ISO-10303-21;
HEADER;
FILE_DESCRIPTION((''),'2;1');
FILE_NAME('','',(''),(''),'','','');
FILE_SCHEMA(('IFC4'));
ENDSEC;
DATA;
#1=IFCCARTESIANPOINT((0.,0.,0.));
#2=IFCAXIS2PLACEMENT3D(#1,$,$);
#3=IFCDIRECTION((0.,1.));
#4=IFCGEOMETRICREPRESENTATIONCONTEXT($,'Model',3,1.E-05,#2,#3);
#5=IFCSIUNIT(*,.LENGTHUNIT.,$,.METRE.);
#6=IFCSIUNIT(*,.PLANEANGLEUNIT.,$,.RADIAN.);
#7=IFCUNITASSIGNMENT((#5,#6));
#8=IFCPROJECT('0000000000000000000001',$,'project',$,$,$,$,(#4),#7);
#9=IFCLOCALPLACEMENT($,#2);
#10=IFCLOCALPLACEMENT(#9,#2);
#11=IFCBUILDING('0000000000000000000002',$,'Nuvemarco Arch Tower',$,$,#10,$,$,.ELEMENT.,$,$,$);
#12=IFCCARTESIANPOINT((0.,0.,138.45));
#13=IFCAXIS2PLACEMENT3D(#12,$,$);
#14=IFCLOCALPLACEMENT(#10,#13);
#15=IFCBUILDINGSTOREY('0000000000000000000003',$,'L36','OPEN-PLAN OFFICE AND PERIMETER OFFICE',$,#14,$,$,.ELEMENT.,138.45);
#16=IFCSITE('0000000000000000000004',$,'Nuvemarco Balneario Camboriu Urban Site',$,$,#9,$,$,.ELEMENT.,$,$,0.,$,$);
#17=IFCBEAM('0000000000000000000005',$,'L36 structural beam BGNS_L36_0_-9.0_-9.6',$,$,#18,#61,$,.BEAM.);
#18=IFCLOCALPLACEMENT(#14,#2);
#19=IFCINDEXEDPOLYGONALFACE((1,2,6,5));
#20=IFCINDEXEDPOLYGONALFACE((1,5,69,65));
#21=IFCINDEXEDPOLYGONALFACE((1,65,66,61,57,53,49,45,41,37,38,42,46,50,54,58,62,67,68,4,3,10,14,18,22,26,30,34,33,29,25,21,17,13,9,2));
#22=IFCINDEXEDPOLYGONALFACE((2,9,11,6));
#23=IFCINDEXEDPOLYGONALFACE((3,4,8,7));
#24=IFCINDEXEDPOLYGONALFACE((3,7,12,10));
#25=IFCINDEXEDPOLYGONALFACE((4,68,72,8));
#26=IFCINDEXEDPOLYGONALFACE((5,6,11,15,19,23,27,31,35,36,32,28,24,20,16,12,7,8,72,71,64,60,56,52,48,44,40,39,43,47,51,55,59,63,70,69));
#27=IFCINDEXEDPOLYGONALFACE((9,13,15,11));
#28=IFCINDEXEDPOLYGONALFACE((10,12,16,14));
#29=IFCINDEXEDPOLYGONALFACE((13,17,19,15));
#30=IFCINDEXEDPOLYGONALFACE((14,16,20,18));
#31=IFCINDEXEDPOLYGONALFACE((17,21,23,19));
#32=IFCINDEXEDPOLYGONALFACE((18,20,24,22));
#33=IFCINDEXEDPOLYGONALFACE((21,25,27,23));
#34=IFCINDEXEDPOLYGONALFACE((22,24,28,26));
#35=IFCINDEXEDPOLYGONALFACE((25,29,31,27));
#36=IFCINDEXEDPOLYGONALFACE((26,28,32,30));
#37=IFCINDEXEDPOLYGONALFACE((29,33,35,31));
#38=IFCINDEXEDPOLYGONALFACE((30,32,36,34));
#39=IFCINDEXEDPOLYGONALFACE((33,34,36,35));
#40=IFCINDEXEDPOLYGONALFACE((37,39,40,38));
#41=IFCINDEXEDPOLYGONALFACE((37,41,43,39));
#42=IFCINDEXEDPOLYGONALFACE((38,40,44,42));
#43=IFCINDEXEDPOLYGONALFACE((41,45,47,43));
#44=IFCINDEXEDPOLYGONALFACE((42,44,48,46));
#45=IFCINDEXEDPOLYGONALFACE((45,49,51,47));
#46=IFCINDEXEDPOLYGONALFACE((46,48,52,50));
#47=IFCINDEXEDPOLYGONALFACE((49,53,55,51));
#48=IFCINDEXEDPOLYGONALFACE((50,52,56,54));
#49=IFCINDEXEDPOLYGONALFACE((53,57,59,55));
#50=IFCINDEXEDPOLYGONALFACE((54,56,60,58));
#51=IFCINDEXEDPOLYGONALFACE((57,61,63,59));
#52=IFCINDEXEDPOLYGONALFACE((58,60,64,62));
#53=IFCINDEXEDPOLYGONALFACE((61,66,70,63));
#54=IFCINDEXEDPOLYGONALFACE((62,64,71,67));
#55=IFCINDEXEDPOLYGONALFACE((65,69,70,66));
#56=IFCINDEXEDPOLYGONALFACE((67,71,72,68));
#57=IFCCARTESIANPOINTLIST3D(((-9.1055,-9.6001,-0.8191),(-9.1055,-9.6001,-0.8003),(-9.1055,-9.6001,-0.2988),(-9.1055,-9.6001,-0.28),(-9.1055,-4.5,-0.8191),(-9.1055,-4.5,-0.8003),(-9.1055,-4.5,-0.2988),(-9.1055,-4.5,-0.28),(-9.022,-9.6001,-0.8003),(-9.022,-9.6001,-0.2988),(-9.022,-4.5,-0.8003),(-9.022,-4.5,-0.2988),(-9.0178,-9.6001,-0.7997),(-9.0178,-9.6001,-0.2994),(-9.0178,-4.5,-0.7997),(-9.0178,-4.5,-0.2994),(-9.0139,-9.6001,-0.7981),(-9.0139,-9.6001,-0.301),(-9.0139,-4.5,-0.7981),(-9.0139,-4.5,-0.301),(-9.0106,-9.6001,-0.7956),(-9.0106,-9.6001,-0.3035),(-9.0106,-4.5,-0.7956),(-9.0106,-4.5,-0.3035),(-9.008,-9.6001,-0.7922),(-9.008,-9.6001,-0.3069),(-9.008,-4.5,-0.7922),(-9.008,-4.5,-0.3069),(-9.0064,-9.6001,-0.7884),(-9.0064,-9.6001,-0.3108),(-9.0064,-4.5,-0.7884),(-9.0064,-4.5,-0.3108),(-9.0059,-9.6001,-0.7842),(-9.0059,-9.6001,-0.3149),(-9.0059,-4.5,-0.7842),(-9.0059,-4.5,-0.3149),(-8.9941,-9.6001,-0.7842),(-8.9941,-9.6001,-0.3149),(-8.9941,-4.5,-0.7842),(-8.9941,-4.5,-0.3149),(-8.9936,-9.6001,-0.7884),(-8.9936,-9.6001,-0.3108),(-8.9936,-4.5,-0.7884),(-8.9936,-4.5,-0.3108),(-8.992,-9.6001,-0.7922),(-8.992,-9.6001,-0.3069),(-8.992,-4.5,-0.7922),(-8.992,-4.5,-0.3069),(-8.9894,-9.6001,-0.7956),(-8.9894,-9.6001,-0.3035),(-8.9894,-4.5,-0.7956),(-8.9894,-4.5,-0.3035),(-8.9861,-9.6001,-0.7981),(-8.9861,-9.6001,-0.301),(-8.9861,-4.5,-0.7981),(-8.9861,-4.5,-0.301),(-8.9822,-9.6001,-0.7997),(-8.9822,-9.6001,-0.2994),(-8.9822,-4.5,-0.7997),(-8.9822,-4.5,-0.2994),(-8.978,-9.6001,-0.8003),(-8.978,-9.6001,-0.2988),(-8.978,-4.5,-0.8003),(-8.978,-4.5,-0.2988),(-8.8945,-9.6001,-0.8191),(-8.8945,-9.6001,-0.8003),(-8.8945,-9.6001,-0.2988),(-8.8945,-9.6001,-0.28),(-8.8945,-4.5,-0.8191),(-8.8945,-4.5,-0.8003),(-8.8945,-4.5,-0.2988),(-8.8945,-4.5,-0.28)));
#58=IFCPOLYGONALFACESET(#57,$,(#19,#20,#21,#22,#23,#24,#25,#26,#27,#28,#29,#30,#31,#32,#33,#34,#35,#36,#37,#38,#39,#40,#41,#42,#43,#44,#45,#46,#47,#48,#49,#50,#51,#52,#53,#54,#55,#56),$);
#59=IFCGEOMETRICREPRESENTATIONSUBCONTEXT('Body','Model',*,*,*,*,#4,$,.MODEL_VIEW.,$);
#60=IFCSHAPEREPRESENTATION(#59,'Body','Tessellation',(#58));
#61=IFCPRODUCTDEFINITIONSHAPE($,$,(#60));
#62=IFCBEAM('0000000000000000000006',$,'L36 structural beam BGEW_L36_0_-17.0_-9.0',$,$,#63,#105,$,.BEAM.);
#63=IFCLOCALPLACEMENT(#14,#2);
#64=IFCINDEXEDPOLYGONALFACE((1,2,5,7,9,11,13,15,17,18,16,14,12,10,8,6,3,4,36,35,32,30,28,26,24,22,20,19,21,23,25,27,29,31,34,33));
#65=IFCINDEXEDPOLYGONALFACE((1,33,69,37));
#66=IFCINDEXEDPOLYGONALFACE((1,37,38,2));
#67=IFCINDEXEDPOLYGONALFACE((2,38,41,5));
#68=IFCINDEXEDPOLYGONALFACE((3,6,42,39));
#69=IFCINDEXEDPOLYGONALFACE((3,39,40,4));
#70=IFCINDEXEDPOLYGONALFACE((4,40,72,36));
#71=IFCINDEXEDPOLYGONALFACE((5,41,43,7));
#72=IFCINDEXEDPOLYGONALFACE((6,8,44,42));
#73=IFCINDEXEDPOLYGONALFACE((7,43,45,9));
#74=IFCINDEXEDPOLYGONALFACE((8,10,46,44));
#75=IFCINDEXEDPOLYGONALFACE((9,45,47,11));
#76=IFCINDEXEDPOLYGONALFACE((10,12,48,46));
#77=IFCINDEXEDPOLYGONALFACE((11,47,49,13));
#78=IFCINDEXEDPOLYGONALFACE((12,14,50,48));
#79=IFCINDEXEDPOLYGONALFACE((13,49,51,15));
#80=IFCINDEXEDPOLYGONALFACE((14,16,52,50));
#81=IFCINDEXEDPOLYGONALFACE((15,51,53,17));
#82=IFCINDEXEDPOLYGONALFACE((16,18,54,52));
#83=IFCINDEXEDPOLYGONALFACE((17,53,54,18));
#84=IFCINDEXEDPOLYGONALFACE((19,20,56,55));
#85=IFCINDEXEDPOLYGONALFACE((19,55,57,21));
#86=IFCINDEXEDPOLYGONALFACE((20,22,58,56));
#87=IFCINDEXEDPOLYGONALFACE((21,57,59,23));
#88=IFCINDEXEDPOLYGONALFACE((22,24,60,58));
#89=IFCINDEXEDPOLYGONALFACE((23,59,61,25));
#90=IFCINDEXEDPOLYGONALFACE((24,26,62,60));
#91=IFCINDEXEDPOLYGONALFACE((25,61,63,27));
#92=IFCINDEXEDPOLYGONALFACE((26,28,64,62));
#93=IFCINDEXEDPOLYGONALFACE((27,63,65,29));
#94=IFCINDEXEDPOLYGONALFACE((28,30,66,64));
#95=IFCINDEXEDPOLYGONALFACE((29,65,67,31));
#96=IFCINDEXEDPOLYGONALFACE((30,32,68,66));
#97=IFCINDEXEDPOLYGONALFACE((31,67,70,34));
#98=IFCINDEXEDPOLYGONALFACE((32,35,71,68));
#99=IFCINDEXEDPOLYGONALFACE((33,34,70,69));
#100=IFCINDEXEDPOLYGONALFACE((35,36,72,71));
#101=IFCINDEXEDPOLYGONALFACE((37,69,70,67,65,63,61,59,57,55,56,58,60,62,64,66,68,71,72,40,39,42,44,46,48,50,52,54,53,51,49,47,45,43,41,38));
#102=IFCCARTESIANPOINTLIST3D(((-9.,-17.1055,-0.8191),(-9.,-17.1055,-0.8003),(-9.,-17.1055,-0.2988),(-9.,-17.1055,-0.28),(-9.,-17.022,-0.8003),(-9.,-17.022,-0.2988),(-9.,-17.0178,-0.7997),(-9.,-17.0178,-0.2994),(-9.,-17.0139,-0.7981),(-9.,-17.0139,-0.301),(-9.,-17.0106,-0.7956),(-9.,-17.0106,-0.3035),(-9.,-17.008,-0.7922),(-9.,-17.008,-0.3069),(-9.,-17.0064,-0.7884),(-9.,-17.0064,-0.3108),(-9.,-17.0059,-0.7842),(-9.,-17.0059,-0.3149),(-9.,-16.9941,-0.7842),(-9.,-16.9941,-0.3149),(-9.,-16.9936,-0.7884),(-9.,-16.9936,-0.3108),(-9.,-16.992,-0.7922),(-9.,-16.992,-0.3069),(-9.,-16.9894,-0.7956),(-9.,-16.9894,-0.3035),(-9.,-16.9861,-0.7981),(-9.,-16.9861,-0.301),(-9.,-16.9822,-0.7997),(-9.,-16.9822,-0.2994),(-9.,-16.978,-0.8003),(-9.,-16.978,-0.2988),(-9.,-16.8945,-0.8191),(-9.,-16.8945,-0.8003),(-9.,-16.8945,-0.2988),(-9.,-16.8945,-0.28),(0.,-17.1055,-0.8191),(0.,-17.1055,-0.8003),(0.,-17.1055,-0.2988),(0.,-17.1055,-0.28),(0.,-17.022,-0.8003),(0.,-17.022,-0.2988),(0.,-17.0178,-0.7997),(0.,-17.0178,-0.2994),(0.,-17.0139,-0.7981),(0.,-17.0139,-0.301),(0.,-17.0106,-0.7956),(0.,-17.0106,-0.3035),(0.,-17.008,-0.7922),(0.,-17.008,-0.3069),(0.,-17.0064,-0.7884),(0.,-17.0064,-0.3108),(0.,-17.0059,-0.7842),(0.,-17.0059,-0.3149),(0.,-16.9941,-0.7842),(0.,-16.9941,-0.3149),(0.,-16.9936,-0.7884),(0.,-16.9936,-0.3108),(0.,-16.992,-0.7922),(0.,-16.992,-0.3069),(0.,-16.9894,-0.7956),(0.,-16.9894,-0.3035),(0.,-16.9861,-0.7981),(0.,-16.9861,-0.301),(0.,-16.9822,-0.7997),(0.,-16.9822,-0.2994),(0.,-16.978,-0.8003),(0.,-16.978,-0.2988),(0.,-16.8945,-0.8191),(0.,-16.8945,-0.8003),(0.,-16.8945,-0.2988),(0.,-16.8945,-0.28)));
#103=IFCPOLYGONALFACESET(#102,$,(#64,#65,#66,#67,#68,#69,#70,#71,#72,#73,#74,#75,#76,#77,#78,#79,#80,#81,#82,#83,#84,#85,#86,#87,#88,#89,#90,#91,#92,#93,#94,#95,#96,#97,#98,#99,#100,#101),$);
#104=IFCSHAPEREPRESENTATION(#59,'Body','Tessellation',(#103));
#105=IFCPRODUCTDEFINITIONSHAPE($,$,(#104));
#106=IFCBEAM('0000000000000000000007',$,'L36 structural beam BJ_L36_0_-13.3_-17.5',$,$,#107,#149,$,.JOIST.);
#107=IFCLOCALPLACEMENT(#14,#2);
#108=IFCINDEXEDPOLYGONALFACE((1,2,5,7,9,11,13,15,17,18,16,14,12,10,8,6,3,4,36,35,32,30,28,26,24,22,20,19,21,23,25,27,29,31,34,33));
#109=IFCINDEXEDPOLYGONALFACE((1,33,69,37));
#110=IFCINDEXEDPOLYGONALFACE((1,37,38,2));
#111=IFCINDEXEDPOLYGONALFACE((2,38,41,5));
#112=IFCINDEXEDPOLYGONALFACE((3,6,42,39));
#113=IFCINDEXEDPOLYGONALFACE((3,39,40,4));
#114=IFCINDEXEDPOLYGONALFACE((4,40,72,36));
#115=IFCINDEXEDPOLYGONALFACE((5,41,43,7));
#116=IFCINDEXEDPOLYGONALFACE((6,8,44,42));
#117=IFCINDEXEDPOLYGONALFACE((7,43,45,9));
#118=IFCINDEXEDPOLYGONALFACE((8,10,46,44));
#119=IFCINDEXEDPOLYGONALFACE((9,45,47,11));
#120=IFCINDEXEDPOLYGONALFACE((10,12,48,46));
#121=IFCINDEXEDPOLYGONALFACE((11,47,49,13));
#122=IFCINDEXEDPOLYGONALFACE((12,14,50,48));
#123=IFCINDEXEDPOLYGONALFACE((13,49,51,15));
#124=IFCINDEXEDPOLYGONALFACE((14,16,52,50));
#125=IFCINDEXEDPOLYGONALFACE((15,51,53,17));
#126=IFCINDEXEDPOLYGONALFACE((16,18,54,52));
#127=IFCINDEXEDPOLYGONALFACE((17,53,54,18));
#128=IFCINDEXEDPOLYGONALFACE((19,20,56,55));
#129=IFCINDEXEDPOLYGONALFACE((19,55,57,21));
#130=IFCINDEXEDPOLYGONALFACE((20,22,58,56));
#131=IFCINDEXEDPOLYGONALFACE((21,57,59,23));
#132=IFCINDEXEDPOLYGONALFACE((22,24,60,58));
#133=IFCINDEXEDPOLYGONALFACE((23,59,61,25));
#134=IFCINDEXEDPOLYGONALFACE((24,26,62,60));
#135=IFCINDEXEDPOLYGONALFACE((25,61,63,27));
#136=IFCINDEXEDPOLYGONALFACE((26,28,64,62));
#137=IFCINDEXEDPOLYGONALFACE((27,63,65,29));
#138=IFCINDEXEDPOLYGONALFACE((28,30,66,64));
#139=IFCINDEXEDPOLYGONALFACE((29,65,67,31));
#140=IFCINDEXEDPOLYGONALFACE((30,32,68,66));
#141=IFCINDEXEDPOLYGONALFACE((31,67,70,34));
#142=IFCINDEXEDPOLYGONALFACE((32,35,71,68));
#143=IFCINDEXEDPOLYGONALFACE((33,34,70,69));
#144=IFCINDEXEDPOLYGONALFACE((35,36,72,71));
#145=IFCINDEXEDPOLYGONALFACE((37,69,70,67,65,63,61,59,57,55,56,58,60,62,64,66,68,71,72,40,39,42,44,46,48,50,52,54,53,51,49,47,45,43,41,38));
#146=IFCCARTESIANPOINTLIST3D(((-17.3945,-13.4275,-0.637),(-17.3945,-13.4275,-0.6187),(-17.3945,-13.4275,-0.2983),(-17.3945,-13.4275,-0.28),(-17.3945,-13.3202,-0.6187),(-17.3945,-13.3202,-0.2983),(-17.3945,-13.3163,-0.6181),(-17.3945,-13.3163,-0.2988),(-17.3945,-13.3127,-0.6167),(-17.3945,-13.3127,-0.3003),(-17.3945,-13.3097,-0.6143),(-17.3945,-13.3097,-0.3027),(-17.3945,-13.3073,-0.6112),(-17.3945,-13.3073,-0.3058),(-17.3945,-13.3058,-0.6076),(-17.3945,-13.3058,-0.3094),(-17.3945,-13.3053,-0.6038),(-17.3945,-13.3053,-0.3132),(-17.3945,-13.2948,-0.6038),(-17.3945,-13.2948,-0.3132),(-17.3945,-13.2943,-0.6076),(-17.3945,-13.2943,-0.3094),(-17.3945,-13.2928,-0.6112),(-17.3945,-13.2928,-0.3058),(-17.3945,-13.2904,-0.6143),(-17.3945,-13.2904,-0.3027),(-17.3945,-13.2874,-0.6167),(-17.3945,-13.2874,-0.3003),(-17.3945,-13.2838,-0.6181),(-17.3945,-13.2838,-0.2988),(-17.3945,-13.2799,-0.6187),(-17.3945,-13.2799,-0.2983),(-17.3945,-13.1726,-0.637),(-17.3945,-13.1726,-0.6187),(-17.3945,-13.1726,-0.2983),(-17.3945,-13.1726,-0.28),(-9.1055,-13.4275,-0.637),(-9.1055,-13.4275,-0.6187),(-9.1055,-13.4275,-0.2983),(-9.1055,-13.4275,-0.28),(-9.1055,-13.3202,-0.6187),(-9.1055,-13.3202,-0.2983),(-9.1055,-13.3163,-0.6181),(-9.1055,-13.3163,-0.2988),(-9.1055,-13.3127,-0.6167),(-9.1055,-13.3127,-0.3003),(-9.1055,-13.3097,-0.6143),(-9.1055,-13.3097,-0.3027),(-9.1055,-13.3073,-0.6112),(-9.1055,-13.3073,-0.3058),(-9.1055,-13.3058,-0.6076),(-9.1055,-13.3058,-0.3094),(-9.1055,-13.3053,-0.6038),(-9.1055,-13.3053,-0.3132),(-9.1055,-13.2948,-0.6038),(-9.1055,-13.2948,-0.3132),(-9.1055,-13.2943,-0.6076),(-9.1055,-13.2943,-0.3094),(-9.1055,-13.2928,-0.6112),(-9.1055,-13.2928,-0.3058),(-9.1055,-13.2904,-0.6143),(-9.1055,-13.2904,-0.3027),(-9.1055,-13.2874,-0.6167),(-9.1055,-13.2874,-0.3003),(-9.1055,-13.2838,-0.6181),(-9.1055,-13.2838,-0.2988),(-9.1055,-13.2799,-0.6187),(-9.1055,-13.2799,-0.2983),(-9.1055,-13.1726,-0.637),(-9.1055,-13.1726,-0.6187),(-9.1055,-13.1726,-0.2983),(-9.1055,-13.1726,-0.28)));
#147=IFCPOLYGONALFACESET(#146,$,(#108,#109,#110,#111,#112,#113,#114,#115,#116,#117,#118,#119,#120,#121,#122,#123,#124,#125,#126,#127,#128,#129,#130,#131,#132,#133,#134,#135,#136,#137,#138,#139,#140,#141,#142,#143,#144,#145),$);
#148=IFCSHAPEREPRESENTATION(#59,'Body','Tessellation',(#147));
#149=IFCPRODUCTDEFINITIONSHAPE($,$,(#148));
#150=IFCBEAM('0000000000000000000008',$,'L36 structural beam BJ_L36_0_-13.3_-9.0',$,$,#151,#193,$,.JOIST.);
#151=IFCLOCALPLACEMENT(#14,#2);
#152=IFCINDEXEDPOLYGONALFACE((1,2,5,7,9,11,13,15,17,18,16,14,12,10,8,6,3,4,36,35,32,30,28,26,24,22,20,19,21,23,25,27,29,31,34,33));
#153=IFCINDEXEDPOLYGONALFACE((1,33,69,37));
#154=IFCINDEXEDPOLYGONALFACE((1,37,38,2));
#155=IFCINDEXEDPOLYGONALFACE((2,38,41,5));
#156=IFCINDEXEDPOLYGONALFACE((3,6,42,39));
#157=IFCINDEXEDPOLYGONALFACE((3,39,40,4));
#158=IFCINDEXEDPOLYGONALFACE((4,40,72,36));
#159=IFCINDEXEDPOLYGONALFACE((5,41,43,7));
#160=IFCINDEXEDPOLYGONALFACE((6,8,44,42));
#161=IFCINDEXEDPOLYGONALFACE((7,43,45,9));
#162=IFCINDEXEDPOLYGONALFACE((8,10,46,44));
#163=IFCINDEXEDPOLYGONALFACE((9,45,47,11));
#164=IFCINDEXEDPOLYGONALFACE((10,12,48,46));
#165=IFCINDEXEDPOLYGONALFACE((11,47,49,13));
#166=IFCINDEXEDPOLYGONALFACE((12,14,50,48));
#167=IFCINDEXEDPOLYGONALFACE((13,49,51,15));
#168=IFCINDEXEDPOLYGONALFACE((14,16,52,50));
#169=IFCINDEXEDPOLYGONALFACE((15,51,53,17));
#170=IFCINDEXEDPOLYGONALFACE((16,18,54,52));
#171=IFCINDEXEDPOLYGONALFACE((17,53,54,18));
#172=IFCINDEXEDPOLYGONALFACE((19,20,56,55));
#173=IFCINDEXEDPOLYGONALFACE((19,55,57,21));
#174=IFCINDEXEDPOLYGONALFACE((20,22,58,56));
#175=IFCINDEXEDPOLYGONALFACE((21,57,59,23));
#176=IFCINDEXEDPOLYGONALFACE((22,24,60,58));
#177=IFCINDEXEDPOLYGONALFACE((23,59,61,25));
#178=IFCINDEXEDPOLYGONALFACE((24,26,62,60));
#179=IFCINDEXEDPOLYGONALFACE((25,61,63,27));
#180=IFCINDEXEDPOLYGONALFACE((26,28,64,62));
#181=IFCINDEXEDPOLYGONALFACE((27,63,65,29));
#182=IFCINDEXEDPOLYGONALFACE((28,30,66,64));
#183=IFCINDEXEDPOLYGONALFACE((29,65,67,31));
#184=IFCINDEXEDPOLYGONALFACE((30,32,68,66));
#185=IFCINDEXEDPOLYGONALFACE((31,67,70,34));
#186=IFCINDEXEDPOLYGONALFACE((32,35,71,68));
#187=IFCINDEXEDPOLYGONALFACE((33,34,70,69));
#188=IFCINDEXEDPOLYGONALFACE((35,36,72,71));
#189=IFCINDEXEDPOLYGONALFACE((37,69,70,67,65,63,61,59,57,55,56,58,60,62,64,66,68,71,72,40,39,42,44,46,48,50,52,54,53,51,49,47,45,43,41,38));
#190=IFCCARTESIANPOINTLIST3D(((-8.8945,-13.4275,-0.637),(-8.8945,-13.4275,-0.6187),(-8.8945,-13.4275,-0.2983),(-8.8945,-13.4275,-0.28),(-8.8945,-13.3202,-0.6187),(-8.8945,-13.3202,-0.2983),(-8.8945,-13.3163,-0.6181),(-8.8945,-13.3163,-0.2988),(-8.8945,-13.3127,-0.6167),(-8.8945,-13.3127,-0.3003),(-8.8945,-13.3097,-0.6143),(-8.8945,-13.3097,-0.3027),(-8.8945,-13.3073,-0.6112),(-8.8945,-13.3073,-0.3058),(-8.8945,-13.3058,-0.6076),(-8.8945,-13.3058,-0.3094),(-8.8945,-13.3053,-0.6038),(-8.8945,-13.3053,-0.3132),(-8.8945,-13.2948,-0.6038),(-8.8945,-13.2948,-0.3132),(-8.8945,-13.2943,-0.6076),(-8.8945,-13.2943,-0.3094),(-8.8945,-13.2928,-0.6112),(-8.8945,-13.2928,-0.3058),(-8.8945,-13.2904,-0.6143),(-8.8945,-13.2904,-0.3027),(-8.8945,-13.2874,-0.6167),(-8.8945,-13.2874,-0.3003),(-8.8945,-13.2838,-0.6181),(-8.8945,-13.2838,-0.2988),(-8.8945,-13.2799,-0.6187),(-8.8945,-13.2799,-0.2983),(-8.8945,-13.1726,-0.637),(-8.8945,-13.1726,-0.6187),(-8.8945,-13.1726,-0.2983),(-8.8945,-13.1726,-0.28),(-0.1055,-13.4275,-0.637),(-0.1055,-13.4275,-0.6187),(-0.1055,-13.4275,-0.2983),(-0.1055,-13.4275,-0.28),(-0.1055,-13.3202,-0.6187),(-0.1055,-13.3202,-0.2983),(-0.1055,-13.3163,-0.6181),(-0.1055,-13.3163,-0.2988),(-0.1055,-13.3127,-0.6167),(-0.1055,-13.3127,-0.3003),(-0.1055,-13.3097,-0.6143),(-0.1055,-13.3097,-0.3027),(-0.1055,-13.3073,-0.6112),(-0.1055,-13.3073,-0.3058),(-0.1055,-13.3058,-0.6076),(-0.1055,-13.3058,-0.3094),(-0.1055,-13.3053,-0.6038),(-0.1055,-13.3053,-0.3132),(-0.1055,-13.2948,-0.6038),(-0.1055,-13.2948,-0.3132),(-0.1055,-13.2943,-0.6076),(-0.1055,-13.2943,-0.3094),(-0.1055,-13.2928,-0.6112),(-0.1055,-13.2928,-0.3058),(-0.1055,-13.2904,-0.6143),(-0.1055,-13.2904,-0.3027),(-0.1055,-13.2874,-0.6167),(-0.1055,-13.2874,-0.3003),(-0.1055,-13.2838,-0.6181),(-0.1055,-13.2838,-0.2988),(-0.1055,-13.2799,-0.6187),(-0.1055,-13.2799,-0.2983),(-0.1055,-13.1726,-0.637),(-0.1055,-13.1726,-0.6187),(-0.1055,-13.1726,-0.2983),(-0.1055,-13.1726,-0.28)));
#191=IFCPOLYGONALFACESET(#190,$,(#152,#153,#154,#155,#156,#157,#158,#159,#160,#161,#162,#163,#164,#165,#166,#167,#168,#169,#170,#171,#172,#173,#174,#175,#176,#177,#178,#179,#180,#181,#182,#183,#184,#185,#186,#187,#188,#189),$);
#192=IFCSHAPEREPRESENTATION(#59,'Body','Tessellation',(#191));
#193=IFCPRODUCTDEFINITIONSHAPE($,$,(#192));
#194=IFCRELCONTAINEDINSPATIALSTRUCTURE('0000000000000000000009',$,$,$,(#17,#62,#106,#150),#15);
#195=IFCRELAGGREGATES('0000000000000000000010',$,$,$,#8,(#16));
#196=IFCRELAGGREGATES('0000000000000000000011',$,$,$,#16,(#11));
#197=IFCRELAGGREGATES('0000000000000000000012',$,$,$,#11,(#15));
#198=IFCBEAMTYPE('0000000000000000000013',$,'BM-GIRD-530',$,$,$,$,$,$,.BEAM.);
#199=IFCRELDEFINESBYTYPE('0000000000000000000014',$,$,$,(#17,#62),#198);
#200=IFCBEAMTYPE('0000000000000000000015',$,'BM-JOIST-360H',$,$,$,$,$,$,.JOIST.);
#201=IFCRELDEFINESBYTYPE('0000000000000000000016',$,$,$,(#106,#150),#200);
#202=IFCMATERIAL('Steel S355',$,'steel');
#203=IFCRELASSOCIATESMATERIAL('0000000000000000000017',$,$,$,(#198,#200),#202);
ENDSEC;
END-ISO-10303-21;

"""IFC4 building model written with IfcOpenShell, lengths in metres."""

from ifc_helpers import new_model, si_unit, direction, frame, origin, origin_2d, place, context, subcontext, project, spatial, i_section, extrude, material, material_profile, profile_set, type_object, element, save


model = new_model("IFC4")

# Units and contexts
model_context = context("Model", 3, precision=1e-05, world=origin(), true_north=direction((0.0, 1.0)))
body_context = subcontext(model_context, "Body", "Model", "MODEL_VIEW")
ifc_project = project(units=[si_unit("LENGTHUNIT", "METRE"), si_unit("PLANEANGLEUNIT", "RADIAN")], contexts=[model_context])

# Site, building, storey
site_placement = place(None, origin())
site = spatial("IfcSite", under=ifc_project, at=site_placement, Name="Nuvemarco Balneario Camboriu Urban Site", CompositionType="ELEMENT", RefElevation=0.0)
building_placement = place(site_placement, origin())
building = spatial("IfcBuilding", under=site, at=building_placement, Name="Nuvemarco Arch Tower", CompositionType="ELEMENT")
storey_placement = place(building_placement, frame((0.0, 0.0, 138.45)))
storey = spatial("IfcBuildingStorey", under=building, at=storey_placement, Name="L36", Description="OPEN-PLAN OFFICE AND PERIMETER OFFICE", CompositionType="ELEMENT", Elevation=138.45)

# Shared definitions
ifc_material_1 = material(Name="Steel S355", Category="steel")

# Beams
ifc_material_profile_1 = material_profile(ifc_material_1, i_section(OverallWidth=0.2109, OverallDepth=0.5391, WebThickness=0.0117, FlangeThickness=0.0188, FilletRadius=0.0161, at=origin_2d()), Name="W530x109")
ifc_profile_set_1 = profile_set([ifc_material_profile_1], Name="Steel S355")
beam_type_1 = type_object("IfcBeamType", Name="BM-GIRD-530", PredefinedType="BEAM", material=ifc_profile_set_1)
beam_1_placement = place(storey_placement, frame((-9.0, -9.6001, -0.5496), z_axis=(0.0, 1.0, 0.0), x_axis=(-1.0, 0.0, 0.0)))
element("IfcBeam", 1, at=beam_1_placement, inside=storey, type_object=beam_type_1, Name="L36 structural beam BGNS_L36_0_-9.0_-9.6", PredefinedType="BEAM", context=body_context, shape_type="SweptSolid", body=[
    extrude(i_section(OverallWidth=0.2109, OverallDepth=0.5391, WebThickness=0.0117, FlangeThickness=0.0188, FilletRadius=0.0161, at=origin_2d()), origin(), (0.0, 0.0, 1.0), 5.1001),
])
beam_2_placement = place(storey_placement, frame((-9.0, -17.0, -0.5496), z_axis=(1.0, 0.0, 0.0), x_axis=(0.0, 1.0, 0.0)))
element("IfcBeam", 2, at=beam_2_placement, inside=storey, type_object=beam_type_1, Name="L36 structural beam BGEW_L36_0_-17.0_-9.0", PredefinedType="BEAM", context=body_context, shape_type="SweptSolid", body=[
    extrude(i_section(OverallWidth=0.2109, OverallDepth=0.5391, WebThickness=0.0117, FlangeThickness=0.0188, FilletRadius=0.0161, at=origin_2d()), origin(), (0.0, 0.0, 1.0), 9.0),
])
ifc_material_profile_2 = material_profile(ifc_material_1, i_section(OverallWidth=0.2549, OverallDepth=0.3569, WebThickness=0.0105, FlangeThickness=0.0183, FilletRadius=0.0149, at=origin_2d()), Name="W360x101")
ifc_profile_set_2 = profile_set([ifc_material_profile_2], Name="Steel S355")
beam_type_2 = type_object("IfcBeamType", Name="BM-JOIST-360H", PredefinedType="JOIST", material=ifc_profile_set_2)
beam_3_placement = place(storey_placement, frame((-17.3945, -13.3, -0.4585), z_axis=(1.0, 0.0, 0.0), x_axis=(0.0, 1.0, 0.0)))
element("IfcBeam", 3, at=beam_3_placement, inside=storey, type_object=beam_type_2, Name="L36 structural beam BJ_L36_0_-13.3_-17.5", PredefinedType="JOIST", context=body_context, shape_type="SweptSolid", body=[
    extrude(i_section(OverallWidth=0.2549, OverallDepth=0.3569, WebThickness=0.0105, FlangeThickness=0.0183, FilletRadius=0.0149, at=origin_2d()), origin(), (0.0, 0.0, 1.0), 8.2891),
])
beam_4_placement = place(storey_placement, frame((-8.8945, -13.3, -0.4585), z_axis=(1.0, 0.0, 0.0), x_axis=(0.0, 1.0, 0.0)))
element("IfcBeam", 4, at=beam_4_placement, inside=storey, type_object=beam_type_2, Name="L36 structural beam BJ_L36_0_-13.3_-9.0", PredefinedType="JOIST", context=body_context, shape_type="SweptSolid", body=[
    extrude(i_section(OverallWidth=0.2549, OverallDepth=0.3569, WebThickness=0.0105, FlangeThickness=0.0183, FilletRadius=0.0149, at=origin_2d()), origin(), (0.0, 0.0, 1.0), 8.7891),
])

save(model, "model.ifc")
